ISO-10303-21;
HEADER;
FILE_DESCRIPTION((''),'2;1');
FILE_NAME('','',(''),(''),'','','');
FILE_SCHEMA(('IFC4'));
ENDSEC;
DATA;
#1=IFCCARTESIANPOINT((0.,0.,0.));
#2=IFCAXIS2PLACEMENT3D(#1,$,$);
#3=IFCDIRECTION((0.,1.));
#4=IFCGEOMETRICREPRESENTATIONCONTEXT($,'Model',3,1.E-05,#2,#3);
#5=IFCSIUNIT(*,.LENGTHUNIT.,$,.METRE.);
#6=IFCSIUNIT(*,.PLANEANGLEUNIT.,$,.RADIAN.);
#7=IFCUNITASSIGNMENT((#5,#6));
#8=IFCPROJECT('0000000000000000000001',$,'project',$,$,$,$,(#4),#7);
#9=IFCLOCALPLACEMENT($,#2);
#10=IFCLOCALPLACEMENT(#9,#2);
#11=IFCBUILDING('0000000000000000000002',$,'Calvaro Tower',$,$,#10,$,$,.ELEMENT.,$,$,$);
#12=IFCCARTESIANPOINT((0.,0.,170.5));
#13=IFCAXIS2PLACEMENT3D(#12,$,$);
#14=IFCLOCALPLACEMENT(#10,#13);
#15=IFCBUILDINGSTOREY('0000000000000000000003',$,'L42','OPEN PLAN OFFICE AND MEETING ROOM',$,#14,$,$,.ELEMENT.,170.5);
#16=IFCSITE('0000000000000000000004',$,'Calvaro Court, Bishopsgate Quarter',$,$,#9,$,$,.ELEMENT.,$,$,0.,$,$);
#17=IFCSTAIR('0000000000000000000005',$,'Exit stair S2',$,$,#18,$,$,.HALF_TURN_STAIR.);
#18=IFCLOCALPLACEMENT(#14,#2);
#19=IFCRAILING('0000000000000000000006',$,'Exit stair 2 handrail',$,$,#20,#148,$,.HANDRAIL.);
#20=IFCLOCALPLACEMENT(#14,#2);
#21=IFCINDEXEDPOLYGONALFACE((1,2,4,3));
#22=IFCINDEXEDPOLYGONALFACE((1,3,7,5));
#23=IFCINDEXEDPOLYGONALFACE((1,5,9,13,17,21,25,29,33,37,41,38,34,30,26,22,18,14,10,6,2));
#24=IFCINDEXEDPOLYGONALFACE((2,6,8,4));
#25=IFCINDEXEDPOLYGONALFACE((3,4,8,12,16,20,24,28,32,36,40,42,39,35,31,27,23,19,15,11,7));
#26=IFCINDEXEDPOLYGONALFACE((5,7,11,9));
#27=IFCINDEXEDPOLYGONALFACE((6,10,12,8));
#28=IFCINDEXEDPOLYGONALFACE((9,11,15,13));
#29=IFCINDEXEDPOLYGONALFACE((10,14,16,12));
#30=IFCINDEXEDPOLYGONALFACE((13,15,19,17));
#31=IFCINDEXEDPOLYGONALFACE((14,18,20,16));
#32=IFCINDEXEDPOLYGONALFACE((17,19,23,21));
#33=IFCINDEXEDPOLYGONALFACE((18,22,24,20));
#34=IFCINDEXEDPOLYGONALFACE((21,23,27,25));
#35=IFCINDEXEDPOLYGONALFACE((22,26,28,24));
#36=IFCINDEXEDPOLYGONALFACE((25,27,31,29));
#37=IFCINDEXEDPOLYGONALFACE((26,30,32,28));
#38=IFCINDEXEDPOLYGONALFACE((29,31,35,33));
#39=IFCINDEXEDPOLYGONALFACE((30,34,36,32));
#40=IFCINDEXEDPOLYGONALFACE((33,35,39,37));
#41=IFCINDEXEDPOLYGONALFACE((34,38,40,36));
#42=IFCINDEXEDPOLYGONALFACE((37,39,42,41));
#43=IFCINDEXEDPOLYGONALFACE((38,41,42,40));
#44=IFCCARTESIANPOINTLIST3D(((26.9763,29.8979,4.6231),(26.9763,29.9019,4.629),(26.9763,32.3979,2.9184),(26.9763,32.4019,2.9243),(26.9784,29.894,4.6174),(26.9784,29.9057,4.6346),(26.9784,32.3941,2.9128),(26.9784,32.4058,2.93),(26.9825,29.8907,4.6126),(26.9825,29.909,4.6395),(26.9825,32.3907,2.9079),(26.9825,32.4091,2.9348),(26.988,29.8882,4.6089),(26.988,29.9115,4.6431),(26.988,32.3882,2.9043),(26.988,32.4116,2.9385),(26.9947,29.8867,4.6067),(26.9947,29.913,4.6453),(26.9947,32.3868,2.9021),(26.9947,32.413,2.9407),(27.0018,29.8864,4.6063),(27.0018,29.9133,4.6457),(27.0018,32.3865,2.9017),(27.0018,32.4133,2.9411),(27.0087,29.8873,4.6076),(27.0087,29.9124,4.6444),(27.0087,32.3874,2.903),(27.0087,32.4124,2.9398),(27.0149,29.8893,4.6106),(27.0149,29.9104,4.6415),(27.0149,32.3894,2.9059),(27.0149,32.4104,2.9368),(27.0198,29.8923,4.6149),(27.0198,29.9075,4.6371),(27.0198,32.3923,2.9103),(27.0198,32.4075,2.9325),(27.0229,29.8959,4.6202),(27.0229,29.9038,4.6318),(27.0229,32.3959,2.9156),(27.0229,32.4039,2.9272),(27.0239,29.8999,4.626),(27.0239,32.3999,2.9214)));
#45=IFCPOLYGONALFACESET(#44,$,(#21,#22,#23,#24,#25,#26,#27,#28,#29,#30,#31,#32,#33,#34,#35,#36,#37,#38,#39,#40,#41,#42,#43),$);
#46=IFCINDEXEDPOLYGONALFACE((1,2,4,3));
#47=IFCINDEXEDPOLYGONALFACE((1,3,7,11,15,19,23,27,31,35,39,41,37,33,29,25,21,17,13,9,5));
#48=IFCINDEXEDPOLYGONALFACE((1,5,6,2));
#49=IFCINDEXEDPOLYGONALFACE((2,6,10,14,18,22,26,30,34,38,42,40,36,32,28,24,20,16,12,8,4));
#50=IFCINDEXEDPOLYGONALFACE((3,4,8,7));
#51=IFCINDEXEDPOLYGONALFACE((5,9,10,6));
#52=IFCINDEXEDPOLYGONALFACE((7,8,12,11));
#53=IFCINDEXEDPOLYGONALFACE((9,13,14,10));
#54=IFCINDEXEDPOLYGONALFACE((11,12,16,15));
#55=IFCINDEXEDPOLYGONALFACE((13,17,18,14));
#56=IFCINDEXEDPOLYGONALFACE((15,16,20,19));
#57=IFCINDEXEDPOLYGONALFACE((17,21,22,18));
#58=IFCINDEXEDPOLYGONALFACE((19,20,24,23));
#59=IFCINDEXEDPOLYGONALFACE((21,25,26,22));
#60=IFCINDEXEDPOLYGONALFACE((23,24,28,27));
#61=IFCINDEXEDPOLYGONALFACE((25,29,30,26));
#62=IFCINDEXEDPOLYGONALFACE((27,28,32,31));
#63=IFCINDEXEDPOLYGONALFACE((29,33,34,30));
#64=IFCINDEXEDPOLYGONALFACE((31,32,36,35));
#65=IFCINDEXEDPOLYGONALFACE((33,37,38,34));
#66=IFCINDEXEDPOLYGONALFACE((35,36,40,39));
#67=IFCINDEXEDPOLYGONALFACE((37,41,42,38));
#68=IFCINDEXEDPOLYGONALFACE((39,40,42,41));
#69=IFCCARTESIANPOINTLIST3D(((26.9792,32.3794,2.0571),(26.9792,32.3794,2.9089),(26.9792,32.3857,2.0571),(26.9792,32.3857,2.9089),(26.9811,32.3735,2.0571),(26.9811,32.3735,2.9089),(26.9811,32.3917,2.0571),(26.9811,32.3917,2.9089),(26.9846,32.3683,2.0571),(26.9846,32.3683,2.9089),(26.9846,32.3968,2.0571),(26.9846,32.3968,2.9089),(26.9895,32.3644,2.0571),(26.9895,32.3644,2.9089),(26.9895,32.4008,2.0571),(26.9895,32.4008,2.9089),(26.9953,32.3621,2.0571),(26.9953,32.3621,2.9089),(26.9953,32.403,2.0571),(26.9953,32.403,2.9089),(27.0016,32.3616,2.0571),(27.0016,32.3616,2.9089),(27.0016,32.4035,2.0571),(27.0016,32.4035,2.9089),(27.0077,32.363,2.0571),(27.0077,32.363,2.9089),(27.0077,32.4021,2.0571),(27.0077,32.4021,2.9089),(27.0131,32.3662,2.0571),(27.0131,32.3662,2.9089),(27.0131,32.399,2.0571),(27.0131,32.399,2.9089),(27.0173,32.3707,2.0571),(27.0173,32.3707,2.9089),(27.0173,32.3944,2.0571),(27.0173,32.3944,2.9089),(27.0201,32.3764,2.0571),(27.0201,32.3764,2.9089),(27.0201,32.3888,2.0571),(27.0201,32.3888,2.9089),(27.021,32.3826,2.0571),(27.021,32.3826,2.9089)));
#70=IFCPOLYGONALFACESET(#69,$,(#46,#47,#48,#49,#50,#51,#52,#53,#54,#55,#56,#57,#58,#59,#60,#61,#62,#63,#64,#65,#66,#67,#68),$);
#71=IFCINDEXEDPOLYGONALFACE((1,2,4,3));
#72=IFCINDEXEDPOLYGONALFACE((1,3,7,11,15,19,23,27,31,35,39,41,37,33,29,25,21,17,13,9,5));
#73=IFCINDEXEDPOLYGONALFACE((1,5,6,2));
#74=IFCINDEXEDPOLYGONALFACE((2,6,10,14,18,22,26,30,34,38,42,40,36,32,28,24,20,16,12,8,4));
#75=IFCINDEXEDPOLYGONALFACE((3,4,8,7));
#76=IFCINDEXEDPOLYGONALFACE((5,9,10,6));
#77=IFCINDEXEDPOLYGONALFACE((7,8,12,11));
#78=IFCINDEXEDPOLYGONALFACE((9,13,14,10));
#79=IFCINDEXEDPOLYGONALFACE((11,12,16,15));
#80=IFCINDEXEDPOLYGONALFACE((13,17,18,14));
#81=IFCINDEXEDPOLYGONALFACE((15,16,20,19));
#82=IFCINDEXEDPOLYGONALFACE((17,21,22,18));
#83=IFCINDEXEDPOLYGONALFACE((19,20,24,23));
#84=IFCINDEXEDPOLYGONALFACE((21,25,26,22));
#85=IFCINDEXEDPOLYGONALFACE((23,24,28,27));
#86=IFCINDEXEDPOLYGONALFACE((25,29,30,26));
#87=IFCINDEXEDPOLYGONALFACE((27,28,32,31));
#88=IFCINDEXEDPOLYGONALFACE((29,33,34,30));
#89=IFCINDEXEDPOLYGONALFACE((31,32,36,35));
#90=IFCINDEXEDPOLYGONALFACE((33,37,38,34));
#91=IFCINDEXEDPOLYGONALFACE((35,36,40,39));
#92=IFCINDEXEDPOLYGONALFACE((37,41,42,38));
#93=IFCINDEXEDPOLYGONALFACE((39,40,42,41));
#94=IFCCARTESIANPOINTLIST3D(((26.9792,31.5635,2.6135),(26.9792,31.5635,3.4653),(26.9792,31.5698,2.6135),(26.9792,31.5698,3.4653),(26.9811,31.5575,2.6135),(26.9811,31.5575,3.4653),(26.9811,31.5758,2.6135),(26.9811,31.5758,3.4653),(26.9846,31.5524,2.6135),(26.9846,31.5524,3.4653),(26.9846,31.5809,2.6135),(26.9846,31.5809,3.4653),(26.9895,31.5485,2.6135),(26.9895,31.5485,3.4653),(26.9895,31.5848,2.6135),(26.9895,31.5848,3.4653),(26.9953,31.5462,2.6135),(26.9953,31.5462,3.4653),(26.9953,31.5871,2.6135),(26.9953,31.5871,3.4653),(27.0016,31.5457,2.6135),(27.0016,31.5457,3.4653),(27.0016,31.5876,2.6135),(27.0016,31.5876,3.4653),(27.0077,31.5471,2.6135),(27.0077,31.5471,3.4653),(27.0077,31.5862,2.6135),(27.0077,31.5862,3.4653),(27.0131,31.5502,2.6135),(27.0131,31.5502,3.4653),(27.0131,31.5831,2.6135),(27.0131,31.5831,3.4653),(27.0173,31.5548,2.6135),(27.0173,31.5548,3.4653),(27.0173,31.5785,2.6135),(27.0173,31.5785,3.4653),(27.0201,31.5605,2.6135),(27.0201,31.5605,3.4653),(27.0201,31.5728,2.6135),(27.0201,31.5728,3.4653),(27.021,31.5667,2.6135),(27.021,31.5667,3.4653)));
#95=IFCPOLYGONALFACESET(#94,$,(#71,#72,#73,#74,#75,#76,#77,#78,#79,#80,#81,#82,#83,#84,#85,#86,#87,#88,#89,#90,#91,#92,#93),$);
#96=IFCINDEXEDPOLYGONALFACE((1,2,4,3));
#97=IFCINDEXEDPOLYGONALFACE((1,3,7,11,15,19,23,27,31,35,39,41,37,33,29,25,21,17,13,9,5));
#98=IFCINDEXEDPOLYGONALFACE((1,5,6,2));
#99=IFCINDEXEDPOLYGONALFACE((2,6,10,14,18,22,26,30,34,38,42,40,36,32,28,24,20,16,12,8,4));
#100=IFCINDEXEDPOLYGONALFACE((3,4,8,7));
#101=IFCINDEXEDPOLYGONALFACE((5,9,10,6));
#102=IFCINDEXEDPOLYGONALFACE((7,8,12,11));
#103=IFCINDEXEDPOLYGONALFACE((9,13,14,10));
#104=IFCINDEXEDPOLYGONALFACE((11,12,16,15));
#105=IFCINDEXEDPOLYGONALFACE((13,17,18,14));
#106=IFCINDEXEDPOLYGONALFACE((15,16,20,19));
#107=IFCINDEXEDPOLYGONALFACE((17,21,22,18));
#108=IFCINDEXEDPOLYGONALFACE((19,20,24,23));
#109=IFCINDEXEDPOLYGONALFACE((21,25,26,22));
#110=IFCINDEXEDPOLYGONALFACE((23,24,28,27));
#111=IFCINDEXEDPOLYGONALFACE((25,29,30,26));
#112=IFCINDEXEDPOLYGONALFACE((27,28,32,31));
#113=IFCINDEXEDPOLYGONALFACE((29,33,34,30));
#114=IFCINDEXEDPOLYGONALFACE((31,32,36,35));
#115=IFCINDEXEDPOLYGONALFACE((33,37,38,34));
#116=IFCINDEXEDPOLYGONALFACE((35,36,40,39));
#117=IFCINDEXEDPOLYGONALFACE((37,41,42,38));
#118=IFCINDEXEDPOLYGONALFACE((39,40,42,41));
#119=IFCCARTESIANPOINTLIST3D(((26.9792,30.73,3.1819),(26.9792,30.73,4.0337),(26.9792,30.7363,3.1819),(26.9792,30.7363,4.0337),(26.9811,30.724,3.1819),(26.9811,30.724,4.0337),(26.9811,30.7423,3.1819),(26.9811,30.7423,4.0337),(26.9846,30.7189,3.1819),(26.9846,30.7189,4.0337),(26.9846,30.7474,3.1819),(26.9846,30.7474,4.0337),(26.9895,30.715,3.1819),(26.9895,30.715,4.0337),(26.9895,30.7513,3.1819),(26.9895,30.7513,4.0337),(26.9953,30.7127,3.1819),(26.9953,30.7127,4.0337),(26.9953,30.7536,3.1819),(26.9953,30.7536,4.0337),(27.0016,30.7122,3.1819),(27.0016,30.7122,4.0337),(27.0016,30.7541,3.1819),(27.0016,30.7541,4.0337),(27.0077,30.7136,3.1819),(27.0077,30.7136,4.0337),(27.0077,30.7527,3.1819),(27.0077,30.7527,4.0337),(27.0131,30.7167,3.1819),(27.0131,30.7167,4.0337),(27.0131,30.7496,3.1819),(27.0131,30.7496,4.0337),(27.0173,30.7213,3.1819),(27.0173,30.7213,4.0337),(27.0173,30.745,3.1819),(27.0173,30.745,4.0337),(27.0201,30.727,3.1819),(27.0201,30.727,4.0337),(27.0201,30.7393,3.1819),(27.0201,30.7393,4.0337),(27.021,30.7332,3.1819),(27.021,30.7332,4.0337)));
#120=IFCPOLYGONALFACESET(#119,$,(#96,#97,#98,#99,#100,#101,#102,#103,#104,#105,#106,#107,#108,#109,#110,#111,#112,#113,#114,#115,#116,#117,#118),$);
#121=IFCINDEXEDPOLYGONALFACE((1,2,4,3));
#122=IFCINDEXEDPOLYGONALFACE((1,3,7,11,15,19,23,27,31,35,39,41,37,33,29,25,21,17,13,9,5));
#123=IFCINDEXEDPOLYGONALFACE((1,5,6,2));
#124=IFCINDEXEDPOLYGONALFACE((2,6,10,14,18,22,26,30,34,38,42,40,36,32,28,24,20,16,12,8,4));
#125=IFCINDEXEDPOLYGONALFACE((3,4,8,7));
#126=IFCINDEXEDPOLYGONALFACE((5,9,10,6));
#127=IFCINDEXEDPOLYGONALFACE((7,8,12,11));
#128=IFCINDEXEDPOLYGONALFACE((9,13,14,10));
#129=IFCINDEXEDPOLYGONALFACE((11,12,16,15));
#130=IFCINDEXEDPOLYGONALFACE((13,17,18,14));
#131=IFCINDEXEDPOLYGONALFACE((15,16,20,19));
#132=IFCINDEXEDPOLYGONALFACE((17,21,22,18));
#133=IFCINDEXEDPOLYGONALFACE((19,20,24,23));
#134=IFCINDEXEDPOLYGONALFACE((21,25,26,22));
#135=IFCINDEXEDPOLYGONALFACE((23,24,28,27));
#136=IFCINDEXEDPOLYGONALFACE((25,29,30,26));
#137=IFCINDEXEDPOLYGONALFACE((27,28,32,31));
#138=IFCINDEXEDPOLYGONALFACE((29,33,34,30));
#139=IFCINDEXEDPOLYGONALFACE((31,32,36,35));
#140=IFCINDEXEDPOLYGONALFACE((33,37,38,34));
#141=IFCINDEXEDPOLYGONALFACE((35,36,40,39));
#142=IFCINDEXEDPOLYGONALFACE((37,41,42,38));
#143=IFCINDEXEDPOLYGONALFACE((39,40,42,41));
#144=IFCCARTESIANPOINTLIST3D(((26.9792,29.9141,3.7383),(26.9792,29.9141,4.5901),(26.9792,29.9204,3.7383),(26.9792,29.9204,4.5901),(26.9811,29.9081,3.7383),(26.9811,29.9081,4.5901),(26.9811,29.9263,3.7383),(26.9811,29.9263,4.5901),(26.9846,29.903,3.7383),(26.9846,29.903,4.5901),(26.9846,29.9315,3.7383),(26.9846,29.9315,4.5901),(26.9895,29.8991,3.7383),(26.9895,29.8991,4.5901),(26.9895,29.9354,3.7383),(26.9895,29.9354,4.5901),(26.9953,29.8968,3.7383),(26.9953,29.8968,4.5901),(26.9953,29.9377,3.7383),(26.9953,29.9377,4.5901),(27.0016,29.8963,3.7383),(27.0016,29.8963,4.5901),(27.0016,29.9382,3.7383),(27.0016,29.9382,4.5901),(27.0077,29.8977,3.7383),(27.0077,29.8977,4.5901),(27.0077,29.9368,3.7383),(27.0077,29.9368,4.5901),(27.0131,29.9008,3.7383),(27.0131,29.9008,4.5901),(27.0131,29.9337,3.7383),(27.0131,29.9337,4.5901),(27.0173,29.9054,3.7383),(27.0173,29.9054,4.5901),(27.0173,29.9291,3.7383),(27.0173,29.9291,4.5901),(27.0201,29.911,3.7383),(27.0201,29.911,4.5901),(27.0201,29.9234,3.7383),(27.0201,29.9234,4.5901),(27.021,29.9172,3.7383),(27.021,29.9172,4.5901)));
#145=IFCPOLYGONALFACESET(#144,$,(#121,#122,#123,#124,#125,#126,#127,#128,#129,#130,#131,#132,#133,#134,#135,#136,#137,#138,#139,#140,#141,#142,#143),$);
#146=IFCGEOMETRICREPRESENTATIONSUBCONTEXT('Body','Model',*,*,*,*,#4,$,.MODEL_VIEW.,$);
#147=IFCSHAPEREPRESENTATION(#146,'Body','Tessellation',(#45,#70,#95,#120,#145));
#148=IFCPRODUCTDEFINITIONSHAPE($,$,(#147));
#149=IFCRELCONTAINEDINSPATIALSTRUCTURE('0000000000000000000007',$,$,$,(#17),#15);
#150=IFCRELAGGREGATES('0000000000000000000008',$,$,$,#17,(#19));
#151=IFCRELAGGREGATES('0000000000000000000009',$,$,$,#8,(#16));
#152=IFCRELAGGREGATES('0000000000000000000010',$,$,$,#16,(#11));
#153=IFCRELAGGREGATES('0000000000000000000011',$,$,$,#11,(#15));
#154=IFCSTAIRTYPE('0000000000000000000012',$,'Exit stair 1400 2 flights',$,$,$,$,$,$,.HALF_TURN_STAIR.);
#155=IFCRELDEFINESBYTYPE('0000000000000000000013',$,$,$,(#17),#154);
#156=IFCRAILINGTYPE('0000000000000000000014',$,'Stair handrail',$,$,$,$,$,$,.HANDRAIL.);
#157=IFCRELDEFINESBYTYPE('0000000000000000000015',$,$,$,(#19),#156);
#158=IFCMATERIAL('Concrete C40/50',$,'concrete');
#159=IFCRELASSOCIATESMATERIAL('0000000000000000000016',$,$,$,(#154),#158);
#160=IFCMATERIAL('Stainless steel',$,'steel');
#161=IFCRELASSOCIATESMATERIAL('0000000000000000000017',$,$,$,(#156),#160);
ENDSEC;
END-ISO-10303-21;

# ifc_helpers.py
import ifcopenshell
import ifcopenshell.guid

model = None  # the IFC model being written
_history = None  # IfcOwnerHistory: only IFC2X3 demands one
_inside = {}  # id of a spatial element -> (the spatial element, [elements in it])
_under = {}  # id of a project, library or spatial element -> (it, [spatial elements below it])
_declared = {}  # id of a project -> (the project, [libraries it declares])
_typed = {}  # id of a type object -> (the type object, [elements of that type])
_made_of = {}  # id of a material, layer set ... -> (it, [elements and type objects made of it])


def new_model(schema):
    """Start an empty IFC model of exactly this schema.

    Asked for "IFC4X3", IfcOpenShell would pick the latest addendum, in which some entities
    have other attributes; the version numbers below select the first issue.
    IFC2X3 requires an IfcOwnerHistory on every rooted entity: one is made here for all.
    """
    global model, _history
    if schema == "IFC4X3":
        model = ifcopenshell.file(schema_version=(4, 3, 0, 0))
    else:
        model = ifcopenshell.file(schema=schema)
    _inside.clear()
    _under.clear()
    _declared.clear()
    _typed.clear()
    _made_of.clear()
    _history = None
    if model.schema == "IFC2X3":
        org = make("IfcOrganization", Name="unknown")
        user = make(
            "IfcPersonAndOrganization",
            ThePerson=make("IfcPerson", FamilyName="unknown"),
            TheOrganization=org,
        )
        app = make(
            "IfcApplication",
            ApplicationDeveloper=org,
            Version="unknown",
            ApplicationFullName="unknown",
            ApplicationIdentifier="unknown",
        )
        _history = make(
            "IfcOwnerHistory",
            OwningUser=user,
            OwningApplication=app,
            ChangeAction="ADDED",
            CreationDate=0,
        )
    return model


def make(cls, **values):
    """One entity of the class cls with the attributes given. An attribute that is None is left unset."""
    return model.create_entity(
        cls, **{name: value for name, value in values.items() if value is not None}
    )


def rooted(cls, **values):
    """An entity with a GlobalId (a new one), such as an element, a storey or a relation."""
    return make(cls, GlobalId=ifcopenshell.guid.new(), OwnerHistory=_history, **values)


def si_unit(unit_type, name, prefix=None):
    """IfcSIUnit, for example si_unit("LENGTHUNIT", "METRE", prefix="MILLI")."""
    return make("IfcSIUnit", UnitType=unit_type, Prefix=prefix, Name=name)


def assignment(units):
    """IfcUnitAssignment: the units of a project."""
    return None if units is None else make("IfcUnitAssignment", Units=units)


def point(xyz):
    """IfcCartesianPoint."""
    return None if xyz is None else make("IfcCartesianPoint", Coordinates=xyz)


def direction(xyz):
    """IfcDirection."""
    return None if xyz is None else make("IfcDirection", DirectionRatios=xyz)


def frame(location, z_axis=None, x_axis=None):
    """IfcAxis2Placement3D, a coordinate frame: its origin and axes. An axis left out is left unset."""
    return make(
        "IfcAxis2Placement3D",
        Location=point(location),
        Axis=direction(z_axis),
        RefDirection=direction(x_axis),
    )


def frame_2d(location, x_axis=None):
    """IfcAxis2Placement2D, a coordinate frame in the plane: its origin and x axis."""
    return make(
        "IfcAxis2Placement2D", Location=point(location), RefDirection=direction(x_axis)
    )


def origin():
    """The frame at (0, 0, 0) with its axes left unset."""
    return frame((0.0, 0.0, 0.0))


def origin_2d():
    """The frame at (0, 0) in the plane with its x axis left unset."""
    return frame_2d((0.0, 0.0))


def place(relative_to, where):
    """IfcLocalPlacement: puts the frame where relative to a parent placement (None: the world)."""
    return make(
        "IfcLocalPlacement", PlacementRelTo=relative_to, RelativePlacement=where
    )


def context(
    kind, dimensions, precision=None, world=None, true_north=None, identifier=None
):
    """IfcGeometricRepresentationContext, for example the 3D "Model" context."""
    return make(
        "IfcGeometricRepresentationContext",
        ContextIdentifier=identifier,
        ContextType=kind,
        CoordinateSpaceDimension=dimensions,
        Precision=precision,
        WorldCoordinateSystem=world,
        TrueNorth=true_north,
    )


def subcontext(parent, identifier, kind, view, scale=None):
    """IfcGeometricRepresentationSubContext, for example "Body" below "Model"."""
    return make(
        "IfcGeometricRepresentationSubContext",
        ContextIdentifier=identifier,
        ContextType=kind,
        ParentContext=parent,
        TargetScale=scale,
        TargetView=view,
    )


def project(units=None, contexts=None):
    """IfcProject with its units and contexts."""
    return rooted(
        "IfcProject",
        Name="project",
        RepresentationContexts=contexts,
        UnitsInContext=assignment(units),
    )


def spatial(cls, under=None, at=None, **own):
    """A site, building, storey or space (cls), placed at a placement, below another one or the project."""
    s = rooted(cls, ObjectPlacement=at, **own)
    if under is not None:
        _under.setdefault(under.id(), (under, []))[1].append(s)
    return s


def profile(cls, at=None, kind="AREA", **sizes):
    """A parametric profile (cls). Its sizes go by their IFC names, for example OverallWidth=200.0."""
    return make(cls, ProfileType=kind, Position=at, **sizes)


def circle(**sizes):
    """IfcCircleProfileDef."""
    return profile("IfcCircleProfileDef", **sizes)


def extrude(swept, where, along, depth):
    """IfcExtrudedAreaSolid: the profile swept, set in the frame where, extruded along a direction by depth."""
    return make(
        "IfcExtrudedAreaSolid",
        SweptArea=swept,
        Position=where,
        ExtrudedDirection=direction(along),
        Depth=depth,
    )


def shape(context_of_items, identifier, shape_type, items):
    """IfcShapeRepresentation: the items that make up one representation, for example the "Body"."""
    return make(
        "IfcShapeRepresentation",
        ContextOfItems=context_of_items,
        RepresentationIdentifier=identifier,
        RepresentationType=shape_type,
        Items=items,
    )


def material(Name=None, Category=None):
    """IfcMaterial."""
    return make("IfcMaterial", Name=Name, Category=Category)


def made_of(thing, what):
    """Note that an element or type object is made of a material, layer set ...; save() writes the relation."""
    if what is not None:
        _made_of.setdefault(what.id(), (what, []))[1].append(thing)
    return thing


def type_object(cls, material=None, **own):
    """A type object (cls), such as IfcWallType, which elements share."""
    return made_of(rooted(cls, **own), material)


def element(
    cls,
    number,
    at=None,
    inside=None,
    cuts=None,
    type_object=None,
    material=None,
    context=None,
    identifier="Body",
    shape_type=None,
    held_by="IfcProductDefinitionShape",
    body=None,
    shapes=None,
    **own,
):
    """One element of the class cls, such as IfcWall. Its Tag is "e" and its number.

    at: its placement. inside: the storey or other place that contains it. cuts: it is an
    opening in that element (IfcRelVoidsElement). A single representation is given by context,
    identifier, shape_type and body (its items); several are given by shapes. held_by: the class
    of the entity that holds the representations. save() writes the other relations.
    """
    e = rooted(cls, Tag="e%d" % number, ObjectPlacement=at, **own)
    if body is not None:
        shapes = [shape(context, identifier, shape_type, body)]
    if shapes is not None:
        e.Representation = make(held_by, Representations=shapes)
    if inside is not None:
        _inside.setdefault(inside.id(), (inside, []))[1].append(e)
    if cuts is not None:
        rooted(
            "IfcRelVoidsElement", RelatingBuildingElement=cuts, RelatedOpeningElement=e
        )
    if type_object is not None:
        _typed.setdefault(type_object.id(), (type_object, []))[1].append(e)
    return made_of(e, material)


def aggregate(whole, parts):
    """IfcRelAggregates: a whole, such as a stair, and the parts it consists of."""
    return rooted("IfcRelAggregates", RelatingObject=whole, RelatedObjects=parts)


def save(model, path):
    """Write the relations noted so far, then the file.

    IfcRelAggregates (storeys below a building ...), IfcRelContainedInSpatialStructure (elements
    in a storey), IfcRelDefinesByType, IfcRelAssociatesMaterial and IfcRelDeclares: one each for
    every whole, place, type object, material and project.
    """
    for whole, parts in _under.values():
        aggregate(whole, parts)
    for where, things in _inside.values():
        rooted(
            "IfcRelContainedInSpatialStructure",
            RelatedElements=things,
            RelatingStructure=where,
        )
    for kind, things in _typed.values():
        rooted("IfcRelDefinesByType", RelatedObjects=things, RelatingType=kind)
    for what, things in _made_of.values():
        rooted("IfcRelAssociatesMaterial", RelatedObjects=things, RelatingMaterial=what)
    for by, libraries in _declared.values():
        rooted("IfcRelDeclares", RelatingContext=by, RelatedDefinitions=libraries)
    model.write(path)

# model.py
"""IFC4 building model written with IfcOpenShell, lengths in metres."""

from ifc_helpers import new_model, si_unit, direction, frame, origin, origin_2d, place, context, subcontext, project, spatial, circle, extrude, material, type_object, element, aggregate, save


model = new_model("IFC4")

# Units and contexts
model_context = context("Model", 3, precision=1e-05, world=origin(), true_north=direction((0.0, 1.0)))
body_context = subcontext(model_context, "Body", "Model", "MODEL_VIEW")
ifc_project = project(units=[si_unit("LENGTHUNIT", "METRE"), si_unit("PLANEANGLEUNIT", "RADIAN")], contexts=[model_context])

# Site, building, storey
site_placement = place(None, origin())
site = spatial("IfcSite", under=ifc_project, at=site_placement, Name="Calvaro Court, Bishopsgate Quarter", CompositionType="ELEMENT", RefElevation=0.0)
building_placement = place(site_placement, origin())
building = spatial("IfcBuilding", under=site, at=building_placement, Name="Calvaro Tower", CompositionType="ELEMENT")
storey_placement = place(building_placement, frame((0.0, 0.0, 170.5)))
storey = spatial("IfcBuildingStorey", under=building, at=storey_placement, Name="L42", Description="OPEN PLAN OFFICE AND MEETING ROOM", CompositionType="ELEMENT", Elevation=170.5)

# Stair, railing
ifc_material_1 = material(Name="Concrete C40/50", Category="concrete")
stair_type = type_object("IfcStairType", Name="Exit stair 1400 2 flights", PredefinedType="HALF_TURN_STAIR", material=ifc_material_1)
stair_placement = place(storey_placement, origin())
stair = element("IfcStair", 1, at=stair_placement, inside=storey, type_object=stair_type, Name="Exit stair S2", PredefinedType="HALF_TURN_STAIR")
ifc_material_2 = material(Name="Stainless steel", Category="steel")
railing_type = type_object("IfcRailingType", Name="Stair handrail", PredefinedType="HANDRAIL", material=ifc_material_2)
railing_1_placement = place(storey_placement, frame((27.0, 32.3999, 2.0454)))
railing_1 = element("IfcRailing", 2, at=railing_1_placement, type_object=railing_type, Name="Exit stair 2 handrail", PredefinedType="HANDRAIL", context=body_context, shape_type="SweptSolid", body=[
    extrude(circle(Radius=0.0239, at=origin_2d()), frame((0.0, 0.0, 0.876), z_axis=(0.0, -0.826221, 0.563347), x_axis=(1.0, 0.0, 0.0)), (0.0, 0.0, 1.0), 3.0259),
    extrude(circle(Radius=0.021, at=origin_2d()), frame((0.0, -0.0173, 0.0117)), (0.0, 0.0, 1.0), 0.8518),
    extrude(circle(Radius=0.021, at=origin_2d()), frame((0.0, -0.8333, 0.5681)), (0.0, 0.0, 1.0), 0.8518),
    extrude(circle(Radius=0.021, at=origin_2d()), frame((0.0, -1.6667, 1.1365)), (0.0, 0.0, 1.0), 0.8518),
    extrude(circle(Radius=0.021, at=origin_2d()), frame((0.0, -2.4827, 1.6929)), (0.0, 0.0, 1.0), 0.8518),
])
aggregate(stair, [railing_1])

save(model, "model.ifc")
